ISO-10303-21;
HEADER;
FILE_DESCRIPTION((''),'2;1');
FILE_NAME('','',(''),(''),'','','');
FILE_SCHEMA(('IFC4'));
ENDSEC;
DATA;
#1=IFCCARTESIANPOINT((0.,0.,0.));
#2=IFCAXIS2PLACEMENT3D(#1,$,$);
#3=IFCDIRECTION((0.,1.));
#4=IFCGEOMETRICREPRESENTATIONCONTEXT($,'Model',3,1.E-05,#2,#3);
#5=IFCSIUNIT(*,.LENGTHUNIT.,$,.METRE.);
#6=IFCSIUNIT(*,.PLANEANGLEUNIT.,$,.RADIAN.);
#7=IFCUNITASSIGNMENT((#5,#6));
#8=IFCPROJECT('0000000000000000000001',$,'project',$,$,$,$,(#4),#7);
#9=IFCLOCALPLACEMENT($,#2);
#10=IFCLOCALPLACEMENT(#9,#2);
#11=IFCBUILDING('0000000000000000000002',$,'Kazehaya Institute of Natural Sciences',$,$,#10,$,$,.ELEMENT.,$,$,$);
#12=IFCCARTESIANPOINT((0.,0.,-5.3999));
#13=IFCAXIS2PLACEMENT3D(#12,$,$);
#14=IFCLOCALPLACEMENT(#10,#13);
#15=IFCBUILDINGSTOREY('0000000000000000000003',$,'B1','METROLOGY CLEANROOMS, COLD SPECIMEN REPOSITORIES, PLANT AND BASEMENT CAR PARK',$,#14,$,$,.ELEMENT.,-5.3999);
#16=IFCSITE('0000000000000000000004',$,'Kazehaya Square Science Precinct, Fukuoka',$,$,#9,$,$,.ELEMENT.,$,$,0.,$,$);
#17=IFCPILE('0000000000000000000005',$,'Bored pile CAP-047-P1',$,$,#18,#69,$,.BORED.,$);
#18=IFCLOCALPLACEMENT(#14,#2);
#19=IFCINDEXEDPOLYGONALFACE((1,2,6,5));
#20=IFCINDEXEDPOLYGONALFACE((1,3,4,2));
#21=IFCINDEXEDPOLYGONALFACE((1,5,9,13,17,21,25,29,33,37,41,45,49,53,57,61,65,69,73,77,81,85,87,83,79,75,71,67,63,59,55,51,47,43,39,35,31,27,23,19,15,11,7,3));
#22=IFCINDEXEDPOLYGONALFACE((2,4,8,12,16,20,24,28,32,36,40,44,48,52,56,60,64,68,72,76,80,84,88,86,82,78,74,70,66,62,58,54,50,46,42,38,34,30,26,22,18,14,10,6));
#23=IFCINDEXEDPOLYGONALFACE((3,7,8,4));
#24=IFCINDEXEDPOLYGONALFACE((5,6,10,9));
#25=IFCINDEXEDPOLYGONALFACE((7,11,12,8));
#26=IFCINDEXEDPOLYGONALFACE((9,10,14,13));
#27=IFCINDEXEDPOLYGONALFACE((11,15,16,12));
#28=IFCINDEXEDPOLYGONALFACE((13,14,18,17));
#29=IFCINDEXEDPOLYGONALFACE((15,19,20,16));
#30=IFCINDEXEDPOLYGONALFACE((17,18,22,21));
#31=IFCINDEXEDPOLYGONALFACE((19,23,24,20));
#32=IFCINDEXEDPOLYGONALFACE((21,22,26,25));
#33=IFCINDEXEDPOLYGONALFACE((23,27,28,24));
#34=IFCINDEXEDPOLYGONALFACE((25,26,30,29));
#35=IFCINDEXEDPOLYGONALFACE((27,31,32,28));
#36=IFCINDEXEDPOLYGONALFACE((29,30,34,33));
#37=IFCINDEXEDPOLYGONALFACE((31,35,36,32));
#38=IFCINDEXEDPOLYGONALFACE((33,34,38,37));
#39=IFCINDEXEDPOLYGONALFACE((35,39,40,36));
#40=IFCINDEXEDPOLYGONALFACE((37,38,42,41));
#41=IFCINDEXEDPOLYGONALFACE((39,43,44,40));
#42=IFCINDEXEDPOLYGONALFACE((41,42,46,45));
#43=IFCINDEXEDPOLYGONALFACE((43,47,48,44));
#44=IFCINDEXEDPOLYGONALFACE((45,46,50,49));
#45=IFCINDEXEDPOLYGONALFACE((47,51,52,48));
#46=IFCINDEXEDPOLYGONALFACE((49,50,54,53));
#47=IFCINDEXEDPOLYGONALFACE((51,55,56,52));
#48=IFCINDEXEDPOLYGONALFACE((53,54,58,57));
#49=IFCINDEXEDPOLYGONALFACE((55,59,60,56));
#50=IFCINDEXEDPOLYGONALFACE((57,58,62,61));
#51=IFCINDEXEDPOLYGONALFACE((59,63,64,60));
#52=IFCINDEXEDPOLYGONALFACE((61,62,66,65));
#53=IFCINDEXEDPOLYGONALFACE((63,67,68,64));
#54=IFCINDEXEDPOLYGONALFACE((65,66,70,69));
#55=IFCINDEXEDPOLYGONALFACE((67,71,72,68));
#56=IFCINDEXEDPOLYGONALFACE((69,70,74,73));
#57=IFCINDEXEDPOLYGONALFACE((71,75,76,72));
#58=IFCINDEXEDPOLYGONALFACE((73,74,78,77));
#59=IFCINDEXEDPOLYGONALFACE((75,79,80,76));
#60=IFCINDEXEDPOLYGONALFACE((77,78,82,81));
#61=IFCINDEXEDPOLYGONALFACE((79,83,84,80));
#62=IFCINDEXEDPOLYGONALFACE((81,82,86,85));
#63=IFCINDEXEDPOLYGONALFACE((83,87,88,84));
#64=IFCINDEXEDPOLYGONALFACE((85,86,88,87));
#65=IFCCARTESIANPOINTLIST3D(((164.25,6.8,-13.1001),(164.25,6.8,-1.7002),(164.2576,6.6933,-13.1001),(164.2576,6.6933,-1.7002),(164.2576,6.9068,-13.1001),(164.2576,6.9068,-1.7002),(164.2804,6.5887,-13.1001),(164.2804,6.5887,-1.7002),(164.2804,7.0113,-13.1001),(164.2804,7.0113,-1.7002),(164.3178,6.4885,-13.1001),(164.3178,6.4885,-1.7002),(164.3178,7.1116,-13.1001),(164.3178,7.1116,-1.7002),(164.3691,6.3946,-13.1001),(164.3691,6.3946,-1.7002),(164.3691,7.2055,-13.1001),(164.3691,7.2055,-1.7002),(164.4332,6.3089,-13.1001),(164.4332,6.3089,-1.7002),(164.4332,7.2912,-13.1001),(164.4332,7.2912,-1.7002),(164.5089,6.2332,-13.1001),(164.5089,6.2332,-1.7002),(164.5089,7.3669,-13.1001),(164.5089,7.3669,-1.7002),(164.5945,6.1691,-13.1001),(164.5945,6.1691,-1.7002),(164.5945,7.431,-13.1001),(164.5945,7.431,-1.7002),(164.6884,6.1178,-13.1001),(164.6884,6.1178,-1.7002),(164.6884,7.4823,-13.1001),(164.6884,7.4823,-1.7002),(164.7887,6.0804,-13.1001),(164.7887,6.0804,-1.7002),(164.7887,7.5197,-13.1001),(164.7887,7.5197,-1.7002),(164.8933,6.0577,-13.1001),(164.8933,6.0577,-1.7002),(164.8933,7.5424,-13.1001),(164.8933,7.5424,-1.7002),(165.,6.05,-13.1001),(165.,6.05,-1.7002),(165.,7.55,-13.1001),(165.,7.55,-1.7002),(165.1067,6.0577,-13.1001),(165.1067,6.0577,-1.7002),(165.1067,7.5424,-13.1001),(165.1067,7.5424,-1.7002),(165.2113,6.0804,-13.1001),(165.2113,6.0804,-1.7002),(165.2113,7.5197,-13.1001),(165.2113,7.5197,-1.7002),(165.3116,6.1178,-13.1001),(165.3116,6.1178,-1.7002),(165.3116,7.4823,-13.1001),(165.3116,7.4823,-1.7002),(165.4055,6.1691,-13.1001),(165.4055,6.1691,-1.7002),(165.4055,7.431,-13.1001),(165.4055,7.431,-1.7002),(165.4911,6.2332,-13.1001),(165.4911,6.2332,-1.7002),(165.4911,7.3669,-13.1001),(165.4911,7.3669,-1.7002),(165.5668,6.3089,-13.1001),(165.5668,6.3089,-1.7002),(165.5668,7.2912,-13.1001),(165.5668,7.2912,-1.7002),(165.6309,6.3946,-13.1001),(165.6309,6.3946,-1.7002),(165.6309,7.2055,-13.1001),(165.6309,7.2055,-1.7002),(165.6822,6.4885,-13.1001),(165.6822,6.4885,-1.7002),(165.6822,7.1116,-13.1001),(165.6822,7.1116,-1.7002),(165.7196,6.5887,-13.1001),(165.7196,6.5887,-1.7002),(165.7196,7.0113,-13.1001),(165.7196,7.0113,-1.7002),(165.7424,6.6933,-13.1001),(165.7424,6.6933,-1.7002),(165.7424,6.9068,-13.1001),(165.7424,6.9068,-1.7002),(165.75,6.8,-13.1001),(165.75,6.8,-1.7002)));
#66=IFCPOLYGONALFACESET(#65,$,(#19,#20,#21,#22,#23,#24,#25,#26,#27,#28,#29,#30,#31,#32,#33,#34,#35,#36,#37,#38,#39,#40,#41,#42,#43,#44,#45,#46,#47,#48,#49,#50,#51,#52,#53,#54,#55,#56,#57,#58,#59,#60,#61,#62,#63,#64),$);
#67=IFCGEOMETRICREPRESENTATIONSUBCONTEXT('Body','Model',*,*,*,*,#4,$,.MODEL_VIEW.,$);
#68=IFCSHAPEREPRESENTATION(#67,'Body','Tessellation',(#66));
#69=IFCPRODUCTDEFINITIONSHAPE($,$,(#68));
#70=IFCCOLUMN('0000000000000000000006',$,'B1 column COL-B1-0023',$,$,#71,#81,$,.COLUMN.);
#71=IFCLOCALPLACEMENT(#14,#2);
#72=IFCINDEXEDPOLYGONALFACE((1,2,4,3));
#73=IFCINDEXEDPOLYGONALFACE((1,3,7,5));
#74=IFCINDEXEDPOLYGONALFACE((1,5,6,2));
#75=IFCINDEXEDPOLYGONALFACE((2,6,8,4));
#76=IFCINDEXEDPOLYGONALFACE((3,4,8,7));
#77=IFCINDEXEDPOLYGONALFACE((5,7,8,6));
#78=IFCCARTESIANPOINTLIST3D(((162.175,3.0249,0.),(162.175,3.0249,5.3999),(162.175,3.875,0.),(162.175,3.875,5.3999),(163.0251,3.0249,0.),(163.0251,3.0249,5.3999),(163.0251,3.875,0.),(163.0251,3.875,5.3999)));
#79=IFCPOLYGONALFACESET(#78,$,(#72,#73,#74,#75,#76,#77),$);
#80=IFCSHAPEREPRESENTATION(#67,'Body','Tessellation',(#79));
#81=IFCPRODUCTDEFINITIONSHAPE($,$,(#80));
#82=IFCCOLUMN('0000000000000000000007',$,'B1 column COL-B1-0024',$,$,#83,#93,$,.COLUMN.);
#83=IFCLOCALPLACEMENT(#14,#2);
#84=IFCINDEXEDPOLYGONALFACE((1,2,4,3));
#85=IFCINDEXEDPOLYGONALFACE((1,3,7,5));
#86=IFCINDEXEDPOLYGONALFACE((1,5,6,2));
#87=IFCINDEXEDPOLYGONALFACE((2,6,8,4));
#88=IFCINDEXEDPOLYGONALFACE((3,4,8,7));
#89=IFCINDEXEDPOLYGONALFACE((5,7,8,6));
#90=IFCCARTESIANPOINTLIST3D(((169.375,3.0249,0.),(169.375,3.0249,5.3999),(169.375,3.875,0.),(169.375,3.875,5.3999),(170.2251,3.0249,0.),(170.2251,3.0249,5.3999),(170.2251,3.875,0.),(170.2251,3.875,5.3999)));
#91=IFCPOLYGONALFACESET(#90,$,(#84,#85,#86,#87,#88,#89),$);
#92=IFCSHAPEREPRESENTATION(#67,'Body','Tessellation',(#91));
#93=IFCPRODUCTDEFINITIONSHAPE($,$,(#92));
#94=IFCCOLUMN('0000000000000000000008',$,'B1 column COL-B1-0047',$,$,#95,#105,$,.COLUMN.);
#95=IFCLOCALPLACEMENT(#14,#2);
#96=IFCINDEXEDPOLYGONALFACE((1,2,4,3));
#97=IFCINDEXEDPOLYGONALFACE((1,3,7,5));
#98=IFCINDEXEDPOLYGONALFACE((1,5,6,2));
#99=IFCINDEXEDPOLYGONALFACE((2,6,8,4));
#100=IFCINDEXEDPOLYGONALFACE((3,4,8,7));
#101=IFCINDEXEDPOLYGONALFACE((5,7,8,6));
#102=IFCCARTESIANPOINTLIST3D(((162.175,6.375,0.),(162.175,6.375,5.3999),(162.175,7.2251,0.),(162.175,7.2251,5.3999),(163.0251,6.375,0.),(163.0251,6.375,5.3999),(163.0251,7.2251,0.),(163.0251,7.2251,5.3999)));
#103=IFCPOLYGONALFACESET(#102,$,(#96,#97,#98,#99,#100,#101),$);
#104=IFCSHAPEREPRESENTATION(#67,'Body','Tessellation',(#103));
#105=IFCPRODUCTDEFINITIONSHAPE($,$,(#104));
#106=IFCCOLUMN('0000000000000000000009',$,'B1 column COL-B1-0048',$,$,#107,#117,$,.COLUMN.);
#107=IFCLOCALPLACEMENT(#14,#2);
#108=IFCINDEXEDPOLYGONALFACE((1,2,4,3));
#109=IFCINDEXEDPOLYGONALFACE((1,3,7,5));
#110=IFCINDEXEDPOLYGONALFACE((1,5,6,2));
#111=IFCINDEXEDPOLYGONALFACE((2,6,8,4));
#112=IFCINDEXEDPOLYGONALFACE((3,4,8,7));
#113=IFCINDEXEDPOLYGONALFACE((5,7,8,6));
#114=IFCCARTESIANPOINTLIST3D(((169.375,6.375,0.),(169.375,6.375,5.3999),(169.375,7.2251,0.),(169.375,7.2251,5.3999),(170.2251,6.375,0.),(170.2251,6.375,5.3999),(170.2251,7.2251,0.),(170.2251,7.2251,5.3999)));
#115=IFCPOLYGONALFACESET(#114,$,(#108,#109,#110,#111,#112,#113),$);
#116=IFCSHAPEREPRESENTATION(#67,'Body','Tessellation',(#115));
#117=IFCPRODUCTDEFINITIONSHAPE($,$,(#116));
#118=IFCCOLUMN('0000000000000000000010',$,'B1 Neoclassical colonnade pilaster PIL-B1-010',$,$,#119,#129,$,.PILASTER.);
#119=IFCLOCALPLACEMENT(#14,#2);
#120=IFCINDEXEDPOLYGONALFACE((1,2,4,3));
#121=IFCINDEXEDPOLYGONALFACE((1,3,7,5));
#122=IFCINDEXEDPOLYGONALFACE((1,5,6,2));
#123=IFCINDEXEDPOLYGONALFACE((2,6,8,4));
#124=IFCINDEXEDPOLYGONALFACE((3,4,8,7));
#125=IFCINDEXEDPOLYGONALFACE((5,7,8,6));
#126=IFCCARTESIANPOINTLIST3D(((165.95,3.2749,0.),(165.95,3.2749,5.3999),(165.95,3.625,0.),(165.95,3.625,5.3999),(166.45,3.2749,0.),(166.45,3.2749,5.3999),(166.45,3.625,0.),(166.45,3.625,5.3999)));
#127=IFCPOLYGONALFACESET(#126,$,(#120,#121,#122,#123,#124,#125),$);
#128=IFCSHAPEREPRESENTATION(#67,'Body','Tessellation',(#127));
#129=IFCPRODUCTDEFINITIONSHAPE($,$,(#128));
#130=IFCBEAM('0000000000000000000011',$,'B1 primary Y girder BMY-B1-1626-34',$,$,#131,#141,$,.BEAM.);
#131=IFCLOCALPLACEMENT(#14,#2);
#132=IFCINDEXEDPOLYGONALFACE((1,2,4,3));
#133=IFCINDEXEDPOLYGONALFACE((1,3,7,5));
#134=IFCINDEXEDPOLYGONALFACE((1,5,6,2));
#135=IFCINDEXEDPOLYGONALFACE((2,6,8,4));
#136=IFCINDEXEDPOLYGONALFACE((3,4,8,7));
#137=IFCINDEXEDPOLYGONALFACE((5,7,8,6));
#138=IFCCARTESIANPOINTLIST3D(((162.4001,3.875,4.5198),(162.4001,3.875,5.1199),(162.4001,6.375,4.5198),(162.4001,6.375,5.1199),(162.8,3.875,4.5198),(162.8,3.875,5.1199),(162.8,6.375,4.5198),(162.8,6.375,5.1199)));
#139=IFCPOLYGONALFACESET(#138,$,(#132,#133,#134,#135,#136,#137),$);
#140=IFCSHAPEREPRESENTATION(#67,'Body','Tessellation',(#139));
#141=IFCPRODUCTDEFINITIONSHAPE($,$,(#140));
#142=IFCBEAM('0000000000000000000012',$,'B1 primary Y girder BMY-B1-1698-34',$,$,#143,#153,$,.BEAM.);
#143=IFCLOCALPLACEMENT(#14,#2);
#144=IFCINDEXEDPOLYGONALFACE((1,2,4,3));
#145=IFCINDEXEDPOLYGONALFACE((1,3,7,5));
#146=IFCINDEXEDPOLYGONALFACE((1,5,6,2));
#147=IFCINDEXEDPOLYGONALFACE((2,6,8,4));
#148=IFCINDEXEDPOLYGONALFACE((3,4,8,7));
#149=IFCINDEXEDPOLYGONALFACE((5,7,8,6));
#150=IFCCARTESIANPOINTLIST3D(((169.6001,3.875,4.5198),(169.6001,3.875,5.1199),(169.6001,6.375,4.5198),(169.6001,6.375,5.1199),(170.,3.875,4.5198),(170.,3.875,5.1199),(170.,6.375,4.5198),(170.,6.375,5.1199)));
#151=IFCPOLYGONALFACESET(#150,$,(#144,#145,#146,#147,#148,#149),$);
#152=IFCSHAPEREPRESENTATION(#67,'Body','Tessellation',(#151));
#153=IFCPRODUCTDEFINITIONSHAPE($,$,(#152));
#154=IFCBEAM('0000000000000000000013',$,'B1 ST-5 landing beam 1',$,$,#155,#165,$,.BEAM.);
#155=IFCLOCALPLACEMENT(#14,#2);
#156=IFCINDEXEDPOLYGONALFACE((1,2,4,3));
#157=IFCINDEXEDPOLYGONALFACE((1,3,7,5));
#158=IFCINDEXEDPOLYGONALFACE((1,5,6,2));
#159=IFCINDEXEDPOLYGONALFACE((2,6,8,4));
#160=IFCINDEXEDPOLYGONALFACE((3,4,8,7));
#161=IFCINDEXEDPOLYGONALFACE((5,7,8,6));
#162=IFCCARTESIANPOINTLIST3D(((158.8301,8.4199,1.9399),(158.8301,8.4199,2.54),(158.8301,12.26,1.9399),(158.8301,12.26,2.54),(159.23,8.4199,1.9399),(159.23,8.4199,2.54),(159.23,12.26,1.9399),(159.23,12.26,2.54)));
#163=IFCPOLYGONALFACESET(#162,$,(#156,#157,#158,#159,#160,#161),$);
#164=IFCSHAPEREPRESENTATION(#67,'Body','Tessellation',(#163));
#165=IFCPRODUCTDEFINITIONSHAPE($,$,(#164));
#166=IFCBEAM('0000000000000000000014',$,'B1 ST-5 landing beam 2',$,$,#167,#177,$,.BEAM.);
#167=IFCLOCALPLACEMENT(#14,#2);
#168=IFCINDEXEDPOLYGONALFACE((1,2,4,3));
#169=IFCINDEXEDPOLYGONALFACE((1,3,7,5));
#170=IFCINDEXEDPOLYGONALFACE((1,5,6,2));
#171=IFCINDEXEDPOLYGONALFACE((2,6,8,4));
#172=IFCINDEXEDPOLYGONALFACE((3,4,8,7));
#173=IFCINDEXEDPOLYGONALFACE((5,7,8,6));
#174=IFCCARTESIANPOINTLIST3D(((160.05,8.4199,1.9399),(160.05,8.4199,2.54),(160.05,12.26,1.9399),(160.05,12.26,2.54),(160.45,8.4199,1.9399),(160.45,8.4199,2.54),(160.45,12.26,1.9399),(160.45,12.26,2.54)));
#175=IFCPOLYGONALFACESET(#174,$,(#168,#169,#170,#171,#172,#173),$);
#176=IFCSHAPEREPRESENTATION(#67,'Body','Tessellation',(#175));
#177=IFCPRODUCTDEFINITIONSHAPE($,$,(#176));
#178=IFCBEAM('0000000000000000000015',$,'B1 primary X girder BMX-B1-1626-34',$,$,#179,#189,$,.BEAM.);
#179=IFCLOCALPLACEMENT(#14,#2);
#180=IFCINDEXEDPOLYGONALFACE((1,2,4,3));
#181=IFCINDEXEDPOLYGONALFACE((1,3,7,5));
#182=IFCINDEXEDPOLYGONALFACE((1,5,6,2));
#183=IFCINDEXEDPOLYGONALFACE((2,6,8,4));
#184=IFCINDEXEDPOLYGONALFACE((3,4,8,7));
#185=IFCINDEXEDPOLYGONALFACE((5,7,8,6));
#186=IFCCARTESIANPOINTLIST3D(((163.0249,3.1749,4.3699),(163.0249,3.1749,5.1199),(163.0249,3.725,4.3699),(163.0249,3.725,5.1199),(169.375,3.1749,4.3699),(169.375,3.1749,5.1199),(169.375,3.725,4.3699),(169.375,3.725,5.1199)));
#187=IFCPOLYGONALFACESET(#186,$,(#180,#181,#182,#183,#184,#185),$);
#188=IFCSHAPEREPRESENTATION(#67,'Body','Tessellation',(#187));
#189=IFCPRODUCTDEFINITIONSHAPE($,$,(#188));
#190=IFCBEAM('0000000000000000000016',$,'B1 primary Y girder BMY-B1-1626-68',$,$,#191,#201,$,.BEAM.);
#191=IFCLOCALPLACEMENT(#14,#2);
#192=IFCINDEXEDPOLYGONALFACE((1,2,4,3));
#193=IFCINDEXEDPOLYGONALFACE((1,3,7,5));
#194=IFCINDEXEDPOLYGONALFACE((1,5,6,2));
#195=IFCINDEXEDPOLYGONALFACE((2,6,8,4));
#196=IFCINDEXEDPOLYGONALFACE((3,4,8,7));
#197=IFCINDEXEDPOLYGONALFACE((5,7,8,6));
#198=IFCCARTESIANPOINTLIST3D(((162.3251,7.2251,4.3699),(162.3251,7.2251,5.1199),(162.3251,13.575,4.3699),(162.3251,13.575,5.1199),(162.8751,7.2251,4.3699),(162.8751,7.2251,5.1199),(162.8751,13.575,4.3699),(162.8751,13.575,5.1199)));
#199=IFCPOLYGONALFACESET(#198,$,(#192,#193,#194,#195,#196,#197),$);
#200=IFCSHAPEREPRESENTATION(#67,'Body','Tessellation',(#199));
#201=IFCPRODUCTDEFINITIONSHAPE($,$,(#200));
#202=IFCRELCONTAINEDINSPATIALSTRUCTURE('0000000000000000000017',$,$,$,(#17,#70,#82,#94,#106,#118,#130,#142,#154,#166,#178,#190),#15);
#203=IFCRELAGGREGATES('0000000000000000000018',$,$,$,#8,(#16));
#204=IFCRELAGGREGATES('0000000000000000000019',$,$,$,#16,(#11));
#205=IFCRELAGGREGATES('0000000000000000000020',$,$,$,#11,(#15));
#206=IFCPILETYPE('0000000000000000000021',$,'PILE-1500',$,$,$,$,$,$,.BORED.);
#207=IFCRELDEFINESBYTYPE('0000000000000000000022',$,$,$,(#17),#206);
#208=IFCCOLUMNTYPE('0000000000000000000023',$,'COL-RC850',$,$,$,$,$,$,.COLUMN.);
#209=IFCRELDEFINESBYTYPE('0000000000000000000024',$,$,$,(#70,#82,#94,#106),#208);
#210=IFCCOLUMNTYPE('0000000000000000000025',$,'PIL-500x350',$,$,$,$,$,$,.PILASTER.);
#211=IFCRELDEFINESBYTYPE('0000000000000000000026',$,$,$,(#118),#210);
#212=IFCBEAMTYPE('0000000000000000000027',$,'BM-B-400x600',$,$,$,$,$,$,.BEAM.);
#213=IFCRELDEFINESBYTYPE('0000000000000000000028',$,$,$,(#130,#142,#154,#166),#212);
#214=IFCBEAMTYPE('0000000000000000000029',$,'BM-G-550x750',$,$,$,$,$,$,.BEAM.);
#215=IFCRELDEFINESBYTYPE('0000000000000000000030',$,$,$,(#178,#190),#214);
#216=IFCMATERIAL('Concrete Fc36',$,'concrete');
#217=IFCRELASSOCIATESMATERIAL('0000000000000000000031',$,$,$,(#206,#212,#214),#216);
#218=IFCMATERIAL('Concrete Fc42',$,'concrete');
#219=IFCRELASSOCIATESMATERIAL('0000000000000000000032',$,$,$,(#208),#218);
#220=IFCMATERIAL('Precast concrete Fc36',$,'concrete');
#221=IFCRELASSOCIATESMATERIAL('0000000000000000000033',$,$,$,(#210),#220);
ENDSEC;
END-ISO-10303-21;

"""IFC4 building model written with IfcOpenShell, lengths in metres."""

from ifc_helpers import new_model, si_unit, direction, frame, origin, origin_2d, place, context, subcontext, project, spatial, rectangle, circle, extrude, material, material_profile, profile_set, type_object, element, save


model = new_model("IFC4")

# Units and contexts
model_context = context("Model", 3, precision=1e-05, world=origin(), true_north=direction((0.0, 1.0)))
body_context = subcontext(model_context, "Body", "Model", "MODEL_VIEW")
ifc_project = project(units=[si_unit("LENGTHUNIT", "METRE"), si_unit("PLANEANGLEUNIT", "RADIAN")], contexts=[model_context])

# Site, building, storey
site_placement = place(None, origin())
site = spatial("IfcSite", under=ifc_project, at=site_placement, Name="Kazehaya Square Science Precinct, Fukuoka", CompositionType="ELEMENT", RefElevation=0.0)
building_placement = place(site_placement, origin())
building = spatial("IfcBuilding", under=site, at=building_placement, Name="Kazehaya Institute of Natural Sciences", CompositionType="ELEMENT")
storey_placement = place(building_placement, frame((0.0, 0.0, -5.3999)))
storey = spatial("IfcBuildingStorey", under=building, at=storey_placement, Name="B1", Description="METROLOGY CLEANROOMS, COLD SPECIMEN REPOSITORIES, PLANT AND BASEMENT CAR PARK", CompositionType="ELEMENT", Elevation=-5.3999)

# Shared definitions
ifc_material_1 = material(Name="Concrete Fc36", Category="concrete")

# Pile
ifc_material_profile_1 = material_profile(ifc_material_1, circle(Radius=0.75, at=origin_2d()), Name="PILE-1500")
ifc_profile_set_1 = profile_set([ifc_material_profile_1], Name="Concrete Fc36")
pile_type_1 = type_object("IfcPileType", Name="PILE-1500", PredefinedType="BORED", material=ifc_profile_set_1)
pile_placement = place(storey_placement, frame((165.0, 6.8, -1.7002), z_axis=(0.0, 0.0, -1.0), x_axis=(1.0, 0.0, 0.0)))
element("IfcPile", 1, at=pile_placement, inside=storey, type_object=pile_type_1, Name="Bored pile CAP-047-P1", PredefinedType="BORED", context=body_context, shape_type="SweptSolid", body=[
    extrude(circle(Radius=0.75, at=origin_2d()), origin(), (0.0, 0.0, 1.0), 11.3999),
])

# Columns
ifc_material_2 = material(Name="Concrete Fc42", Category="concrete")
ifc_material_profile_2 = material_profile(ifc_material_2, rectangle(XDim=0.8501, YDim=0.8501, at=origin_2d()), Name="RC-850x850")
ifc_profile_set_2 = profile_set([ifc_material_profile_2], Name="Concrete Fc42")
column_type_1 = type_object("IfcColumnType", Name="COL-RC850", PredefinedType="COLUMN", material=ifc_profile_set_2)
for number, where, z_axis, x_axis, name in (
    (2, (162.6001, 3.45, 0.0), (0.0, 0.0, 1.0), (1.0, 0.0, 0.0), "B1 column COL-B1-0023"),
    (3, (169.8, 3.45, 0.0), (0.0, 0.0, 1.0), (1.0, 0.0, 0.0), "B1 column COL-B1-0024"),
    (4, (162.6001, 6.8, 0.0), (0.0, 0.0, 1.0), (1.0, 0.0, 0.0), "B1 column COL-B1-0047"),
    (5, (169.8, 6.8, 0.0), (0.0, 0.0, 1.0), (1.0, 0.0, 0.0), "B1 column COL-B1-0048"),
):
    element("IfcColumn", number, at=place(storey_placement, frame(where, z_axis=z_axis, x_axis=x_axis)), inside=storey, type_object=column_type_1, Name=name, PredefinedType="COLUMN", context=body_context, shape_type="SweptSolid", body=[
        extrude(rectangle(XDim=0.8501, YDim=0.8501, at=origin_2d()), origin(), (0.0, 0.0, 1.0), 5.3999),
    ])
ifc_material_3 = material(Name="Precast concrete Fc36", Category="concrete")
ifc_material_profile_3 = material_profile(ifc_material_3, rectangle(XDim=0.5, YDim=0.3501, at=origin_2d()), Name="RC-PIL-500x350")
ifc_profile_set_3 = profile_set([ifc_material_profile_3], Name="Precast concrete Fc36")
column_type_2 = type_object("IfcColumnType", Name="PIL-500x350", PredefinedType="PILASTER", material=ifc_profile_set_3)
column_placement = place(storey_placement, frame((166.2, 3.45, 0.0), z_axis=(0.0, 0.0, 1.0), x_axis=(1.0, 0.0, 0.0)))
element("IfcColumn", 6, at=column_placement, inside=storey, type_object=column_type_2, Name="B1 Neoclassical colonnade pilaster PIL-B1-010", PredefinedType="PILASTER", context=body_context, shape_type="SweptSolid", body=[
    extrude(rectangle(XDim=0.5, YDim=0.3501, at=origin_2d()), origin(), (0.0, 0.0, 1.0), 5.3999),
])

# Beams
ifc_material_profile_4 = material_profile(ifc_material_1, rectangle(XDim=0.3999, YDim=0.6001, at=origin_2d()), Name="RC-400x600")
ifc_profile_set_4 = profile_set([ifc_material_profile_4], Name="Concrete Fc36")
beam_type_1 = type_object("IfcBeamType", Name="BM-B-400x600", PredefinedType="BEAM", material=ifc_profile_set_4)
for number, where, z_axis, x_axis, name in (
    (7, (162.6001, 3.875, 4.8198), (0.0, 1.0, 0.0), (-1.0, 0.0, 0.0), "B1 primary Y girder BMY-B1-1626-34"),
    (8, (169.8, 3.875, 4.8198), (0.0, 1.0, 0.0), (-1.0, 0.0, 0.0), "B1 primary Y girder BMY-B1-1698-34"),
):
    element("IfcBeam", number, at=place(storey_placement, frame(where, z_axis=z_axis, x_axis=x_axis)), inside=storey, type_object=beam_type_1, Name=name, PredefinedType="BEAM", context=body_context, shape_type="SweptSolid", body=[
        extrude(rectangle(XDim=0.3999, YDim=0.6001, at=origin_2d()), origin(), (0.0, 0.0, 1.0), 2.5),
    ])
for number, where, z_axis, x_axis, name in (
    (9, (159.03, 8.4199, 2.24), (0.0, 1.0, 0.0), (-1.0, 0.0, 0.0), "B1 ST-5 landing beam 1"),
    (10, (160.25, 8.4199, 2.24), (0.0, 1.0, 0.0), (-1.0, 0.0, 0.0), "B1 ST-5 landing beam 2"),
):
    element("IfcBeam", number, at=place(storey_placement, frame(where, z_axis=z_axis, x_axis=x_axis)), inside=storey, type_object=beam_type_1, Name=name, PredefinedType="BEAM", context=body_context, shape_type="SweptSolid", body=[
        extrude(rectangle(XDim=0.3999, YDim=0.6001, at=origin_2d()), origin(), (0.0, 0.0, 1.0), 3.8401),
    ])
ifc_material_profile_5 = material_profile(ifc_material_1, rectangle(XDim=0.55, YDim=0.75, at=origin_2d()), Name="RC-550x750")
ifc_profile_set_5 = profile_set([ifc_material_profile_5], Name="Concrete Fc36")
beam_type_2 = type_object("IfcBeamType", Name="BM-G-550x750", PredefinedType="BEAM", material=ifc_profile_set_5)
beam_1_placement = place(storey_placement, frame((163.0249, 3.45, 4.7449), z_axis=(1.0, 0.0, 0.0), x_axis=(0.0, 1.0, 0.0)))
element("IfcBeam", 11, at=beam_1_placement, inside=storey, type_object=beam_type_2, Name="B1 primary X girder BMX-B1-1626-34", PredefinedType="BEAM", context=body_context, shape_type="SweptSolid", body=[
    extrude(rectangle(XDim=0.55, YDim=0.75, at=origin_2d()), origin(), (0.0, 0.0, 1.0), 6.3501),
])
beam_2_placement = place(storey_placement, frame((162.6001, 7.2251, 4.7449), z_axis=(0.0, 1.0, 0.0), x_axis=(-1.0, 0.0, 0.0)))
element("IfcBeam", 12, at=beam_2_placement, inside=storey, type_object=beam_type_2, Name="B1 primary Y girder BMY-B1-1626-68", PredefinedType="BEAM", context=body_context, shape_type="SweptSolid", body=[
    extrude(rectangle(XDim=0.55, YDim=0.75, at=origin_2d()), origin(), (0.0, 0.0, 1.0), 6.3499),
])

save(model, "model.ifc")
